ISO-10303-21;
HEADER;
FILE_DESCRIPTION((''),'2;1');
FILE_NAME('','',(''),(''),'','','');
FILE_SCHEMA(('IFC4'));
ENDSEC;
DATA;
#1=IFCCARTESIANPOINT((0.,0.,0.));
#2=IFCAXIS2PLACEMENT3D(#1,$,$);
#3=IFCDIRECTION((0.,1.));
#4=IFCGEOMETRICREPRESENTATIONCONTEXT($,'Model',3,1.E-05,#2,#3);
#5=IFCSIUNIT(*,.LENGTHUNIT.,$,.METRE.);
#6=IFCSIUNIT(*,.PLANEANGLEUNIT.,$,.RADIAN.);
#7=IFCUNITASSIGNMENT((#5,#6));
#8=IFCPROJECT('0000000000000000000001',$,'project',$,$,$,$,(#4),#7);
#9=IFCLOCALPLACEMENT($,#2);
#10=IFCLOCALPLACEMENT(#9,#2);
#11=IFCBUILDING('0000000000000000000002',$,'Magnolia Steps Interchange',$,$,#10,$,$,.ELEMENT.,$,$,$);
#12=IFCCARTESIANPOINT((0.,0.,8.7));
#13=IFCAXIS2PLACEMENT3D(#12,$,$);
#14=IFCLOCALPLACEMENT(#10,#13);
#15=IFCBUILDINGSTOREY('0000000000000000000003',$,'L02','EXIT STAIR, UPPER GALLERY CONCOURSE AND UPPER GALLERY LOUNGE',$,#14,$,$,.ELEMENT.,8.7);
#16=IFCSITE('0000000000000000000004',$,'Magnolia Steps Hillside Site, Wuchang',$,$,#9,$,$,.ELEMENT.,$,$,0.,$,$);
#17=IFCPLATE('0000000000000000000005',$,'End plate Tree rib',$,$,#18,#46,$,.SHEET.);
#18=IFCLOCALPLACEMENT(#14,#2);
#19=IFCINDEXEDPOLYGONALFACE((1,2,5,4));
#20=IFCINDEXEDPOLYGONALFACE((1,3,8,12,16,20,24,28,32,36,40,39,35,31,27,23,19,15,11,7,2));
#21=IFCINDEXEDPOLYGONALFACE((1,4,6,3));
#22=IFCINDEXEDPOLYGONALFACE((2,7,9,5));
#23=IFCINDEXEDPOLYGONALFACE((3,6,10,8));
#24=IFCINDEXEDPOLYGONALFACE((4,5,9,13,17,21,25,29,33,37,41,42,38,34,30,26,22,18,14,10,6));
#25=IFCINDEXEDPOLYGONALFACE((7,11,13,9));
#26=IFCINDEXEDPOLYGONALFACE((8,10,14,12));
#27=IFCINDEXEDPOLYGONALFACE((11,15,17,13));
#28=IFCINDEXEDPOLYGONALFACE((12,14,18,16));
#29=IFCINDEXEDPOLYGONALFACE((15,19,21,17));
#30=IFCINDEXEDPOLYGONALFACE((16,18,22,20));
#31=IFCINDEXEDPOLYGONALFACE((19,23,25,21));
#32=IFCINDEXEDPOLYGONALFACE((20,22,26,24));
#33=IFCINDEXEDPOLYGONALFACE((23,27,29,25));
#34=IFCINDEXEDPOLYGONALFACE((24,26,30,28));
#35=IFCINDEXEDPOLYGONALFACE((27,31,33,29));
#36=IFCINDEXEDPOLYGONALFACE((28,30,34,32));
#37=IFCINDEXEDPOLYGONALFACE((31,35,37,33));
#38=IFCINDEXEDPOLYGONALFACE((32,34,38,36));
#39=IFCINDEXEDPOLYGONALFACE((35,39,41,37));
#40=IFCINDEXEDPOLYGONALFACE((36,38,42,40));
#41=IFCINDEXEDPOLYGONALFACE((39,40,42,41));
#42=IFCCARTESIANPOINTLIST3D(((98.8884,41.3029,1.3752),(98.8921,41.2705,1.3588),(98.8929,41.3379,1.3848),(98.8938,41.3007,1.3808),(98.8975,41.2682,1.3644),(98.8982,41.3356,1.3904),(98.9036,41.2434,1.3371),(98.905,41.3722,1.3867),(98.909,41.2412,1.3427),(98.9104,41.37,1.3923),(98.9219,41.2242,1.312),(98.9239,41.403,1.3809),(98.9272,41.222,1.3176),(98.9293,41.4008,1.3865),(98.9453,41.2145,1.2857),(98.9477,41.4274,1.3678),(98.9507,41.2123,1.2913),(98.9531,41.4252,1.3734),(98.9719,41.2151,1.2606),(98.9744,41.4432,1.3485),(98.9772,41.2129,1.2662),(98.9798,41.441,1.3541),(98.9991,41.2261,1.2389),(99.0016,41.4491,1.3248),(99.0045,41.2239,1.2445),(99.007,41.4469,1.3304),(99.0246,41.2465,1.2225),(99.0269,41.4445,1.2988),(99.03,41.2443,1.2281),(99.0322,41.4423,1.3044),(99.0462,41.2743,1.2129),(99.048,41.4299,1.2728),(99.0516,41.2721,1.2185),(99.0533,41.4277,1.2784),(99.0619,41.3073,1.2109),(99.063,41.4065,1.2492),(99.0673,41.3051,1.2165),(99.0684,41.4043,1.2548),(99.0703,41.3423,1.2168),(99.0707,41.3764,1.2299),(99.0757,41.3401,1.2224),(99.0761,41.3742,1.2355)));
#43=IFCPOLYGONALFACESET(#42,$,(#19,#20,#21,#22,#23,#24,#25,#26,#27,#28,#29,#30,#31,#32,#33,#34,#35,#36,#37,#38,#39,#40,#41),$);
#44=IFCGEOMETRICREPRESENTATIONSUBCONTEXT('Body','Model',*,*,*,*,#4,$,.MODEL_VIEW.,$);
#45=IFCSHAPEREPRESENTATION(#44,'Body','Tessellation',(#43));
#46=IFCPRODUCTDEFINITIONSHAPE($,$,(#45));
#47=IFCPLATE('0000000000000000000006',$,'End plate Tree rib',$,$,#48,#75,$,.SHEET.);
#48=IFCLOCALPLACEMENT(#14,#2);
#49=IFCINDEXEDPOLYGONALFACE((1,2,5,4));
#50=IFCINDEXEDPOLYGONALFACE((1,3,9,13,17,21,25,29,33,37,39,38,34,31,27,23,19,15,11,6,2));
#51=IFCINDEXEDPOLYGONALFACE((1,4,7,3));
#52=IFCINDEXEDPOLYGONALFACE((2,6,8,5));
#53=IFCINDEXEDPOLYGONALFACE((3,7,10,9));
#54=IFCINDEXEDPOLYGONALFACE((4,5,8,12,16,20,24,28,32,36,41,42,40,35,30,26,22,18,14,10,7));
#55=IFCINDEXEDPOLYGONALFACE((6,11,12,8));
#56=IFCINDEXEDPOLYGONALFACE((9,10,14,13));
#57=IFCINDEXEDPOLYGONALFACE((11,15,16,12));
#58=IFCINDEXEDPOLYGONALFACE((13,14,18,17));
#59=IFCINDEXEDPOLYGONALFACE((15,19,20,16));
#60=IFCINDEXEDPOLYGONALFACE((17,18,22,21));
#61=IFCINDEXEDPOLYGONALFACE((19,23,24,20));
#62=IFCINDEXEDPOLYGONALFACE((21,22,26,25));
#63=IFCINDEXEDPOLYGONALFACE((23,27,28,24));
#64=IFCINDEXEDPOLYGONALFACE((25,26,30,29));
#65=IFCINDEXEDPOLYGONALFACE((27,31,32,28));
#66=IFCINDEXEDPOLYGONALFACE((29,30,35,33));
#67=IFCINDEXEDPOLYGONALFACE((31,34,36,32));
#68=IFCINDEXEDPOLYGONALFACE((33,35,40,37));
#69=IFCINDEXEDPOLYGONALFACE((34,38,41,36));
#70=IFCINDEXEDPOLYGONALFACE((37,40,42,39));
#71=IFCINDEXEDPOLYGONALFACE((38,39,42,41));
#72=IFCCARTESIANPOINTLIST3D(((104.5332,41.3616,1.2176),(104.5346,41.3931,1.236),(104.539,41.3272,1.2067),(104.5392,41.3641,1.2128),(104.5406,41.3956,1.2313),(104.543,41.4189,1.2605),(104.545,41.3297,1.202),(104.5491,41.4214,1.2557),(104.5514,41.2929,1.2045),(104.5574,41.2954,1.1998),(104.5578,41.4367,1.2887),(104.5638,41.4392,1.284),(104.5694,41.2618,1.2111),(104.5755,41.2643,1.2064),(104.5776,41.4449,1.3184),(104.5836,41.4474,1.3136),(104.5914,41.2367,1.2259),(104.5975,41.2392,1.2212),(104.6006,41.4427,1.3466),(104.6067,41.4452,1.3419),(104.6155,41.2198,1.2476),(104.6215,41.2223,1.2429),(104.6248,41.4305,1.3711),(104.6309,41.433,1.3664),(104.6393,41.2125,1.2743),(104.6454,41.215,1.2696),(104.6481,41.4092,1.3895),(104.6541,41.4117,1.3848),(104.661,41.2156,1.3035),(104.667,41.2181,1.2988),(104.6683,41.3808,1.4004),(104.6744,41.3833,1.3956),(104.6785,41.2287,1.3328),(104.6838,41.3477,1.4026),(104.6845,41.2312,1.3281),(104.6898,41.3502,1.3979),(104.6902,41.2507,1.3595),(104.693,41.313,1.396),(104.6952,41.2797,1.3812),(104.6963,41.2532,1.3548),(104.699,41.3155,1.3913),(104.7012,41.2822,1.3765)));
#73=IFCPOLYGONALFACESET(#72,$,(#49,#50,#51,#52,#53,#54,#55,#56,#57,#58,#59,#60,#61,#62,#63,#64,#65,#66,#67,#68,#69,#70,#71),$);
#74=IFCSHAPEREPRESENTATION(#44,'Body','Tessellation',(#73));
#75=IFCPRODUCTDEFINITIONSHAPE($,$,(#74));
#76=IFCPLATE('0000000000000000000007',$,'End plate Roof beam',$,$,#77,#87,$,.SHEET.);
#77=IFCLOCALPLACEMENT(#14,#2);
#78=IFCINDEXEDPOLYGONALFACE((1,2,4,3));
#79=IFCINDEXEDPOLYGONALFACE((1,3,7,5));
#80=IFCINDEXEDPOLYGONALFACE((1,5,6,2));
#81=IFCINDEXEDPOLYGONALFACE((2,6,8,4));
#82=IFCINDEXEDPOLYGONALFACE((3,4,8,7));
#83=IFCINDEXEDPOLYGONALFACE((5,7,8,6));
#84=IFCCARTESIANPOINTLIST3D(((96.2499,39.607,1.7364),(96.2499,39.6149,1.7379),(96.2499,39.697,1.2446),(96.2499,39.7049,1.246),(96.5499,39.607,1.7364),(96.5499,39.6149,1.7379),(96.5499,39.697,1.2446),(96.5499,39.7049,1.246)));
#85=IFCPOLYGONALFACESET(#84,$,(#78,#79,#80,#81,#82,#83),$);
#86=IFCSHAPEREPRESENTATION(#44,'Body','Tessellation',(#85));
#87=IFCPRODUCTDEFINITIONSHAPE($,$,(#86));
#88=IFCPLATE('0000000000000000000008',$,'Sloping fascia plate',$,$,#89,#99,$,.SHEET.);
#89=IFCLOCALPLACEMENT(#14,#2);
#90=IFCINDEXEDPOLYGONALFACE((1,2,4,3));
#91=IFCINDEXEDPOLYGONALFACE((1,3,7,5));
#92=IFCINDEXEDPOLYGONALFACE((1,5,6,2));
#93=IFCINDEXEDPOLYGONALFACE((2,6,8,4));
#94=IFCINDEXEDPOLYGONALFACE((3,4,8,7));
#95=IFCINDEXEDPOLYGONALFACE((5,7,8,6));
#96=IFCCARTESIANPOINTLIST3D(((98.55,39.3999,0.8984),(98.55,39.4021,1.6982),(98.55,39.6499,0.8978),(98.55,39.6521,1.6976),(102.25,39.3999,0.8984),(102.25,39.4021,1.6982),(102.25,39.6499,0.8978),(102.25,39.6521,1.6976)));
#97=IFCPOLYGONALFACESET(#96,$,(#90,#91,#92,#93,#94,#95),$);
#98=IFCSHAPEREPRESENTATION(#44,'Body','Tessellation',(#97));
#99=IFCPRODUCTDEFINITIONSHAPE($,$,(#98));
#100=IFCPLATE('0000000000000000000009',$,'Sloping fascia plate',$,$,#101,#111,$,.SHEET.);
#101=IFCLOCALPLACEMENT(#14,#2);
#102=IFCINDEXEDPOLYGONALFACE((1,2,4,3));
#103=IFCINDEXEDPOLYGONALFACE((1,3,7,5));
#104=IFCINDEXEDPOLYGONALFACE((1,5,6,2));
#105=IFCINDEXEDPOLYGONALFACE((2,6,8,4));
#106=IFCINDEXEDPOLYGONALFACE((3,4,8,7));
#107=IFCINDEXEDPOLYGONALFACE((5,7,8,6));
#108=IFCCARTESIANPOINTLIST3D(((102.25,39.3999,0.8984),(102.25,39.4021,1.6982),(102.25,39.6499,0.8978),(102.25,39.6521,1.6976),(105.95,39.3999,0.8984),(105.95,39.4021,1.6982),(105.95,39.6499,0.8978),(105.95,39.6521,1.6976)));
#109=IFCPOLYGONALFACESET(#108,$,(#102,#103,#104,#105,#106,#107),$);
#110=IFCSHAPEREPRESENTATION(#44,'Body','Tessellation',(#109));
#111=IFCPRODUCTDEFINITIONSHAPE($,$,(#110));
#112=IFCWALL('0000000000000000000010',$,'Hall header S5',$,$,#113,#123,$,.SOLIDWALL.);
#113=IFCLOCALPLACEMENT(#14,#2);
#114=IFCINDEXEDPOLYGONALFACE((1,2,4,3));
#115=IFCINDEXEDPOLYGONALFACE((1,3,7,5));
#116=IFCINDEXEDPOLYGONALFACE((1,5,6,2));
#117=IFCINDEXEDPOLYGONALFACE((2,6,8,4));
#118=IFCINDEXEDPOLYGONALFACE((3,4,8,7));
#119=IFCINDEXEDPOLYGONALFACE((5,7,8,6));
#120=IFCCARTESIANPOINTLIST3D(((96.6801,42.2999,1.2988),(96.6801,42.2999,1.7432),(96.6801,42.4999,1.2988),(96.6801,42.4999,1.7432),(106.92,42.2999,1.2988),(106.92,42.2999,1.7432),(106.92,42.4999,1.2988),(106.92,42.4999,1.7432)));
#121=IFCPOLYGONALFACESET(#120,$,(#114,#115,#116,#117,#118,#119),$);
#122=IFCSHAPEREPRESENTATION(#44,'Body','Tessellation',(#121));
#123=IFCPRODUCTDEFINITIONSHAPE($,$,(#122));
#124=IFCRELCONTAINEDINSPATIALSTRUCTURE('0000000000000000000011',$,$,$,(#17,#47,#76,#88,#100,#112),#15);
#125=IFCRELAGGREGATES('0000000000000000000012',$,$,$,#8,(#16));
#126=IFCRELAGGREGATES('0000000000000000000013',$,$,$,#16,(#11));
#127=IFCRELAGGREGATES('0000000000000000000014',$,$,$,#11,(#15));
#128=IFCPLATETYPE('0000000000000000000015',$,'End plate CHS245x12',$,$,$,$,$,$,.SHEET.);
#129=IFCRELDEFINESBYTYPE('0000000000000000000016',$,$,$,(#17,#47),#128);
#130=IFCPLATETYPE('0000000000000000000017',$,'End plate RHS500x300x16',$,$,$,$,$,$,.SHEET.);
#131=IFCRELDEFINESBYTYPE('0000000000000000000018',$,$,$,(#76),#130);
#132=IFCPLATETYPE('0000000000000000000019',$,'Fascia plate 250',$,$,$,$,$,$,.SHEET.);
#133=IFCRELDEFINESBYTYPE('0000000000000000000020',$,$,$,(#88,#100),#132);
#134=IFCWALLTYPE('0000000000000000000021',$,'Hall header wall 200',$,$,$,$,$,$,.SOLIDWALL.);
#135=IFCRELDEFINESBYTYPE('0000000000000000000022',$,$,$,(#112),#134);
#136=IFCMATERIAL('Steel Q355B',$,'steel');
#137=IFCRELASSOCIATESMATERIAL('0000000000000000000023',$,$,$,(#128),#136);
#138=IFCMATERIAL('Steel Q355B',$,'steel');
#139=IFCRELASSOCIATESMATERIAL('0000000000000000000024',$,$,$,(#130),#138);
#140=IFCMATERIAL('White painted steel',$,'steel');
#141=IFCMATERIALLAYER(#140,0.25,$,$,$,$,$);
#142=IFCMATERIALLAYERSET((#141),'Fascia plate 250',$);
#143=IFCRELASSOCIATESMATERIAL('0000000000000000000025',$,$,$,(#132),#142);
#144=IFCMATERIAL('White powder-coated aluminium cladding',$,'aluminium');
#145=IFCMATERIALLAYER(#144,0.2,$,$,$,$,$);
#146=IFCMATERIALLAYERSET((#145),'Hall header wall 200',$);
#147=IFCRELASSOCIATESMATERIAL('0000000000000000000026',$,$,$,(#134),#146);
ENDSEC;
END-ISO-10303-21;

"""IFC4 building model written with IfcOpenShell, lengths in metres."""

from ifc_helpers import new_model, si_unit, direction, frame, frame_2d, origin, origin_2d, place, context, subcontext, project, spatial, polyline, rectangle, circle, outline, extrude, material, layer, layer_set, material_profile, profile_set, type_object, element, save


model = new_model("IFC4")

# Units and contexts
model_context = context("Model", 3, precision=1e-05, world=origin(), true_north=direction((0.0, 1.0)))
body_context = subcontext(model_context, "Body", "Model", "MODEL_VIEW")
ifc_project = project(units=[si_unit("LENGTHUNIT", "METRE"), si_unit("PLANEANGLEUNIT", "RADIAN")], contexts=[model_context])

# Site, building, storey
site_placement = place(None, origin())
site = spatial("IfcSite", under=ifc_project, at=site_placement, Name="Magnolia Steps Hillside Site, Wuchang", CompositionType="ELEMENT", RefElevation=0.0)
building_placement = place(site_placement, origin())
building = spatial("IfcBuilding", under=site, at=building_placement, Name="Magnolia Steps Interchange", CompositionType="ELEMENT")
storey_placement = place(building_placement, frame((0.0, 0.0, 8.7)))
storey = spatial("IfcBuildingStorey", under=building, at=storey_placement, Name="L02", Description="EXIT STAIR, UPPER GALLERY CONCOURSE AND UPPER GALLERY LOUNGE", CompositionType="ELEMENT", Elevation=8.7)

# Plates
ifc_material_1 = material(Name="Steel Q355B", Category="steel")
ifc_material_profile_1 = material_profile(ifc_material_1, circle(Radius=0.1226, at=origin_2d()), Name="End plate CHS245x12")
ifc_profile_set_1 = profile_set([ifc_material_profile_1], Name="Steel Q355B")
plate_type_1 = type_object("IfcPlateType", Name="End plate CHS245x12", PredefinedType="SHEET", material=ifc_profile_set_1)
for number, where, z_axis, x_axis, name in (
    (1, (98.98, 41.3313, 1.2988), (0.664583, -0.275279, 0.694658), (0.382683, 0.92388, 0.0), "End plate Tree rib"),
    (2, (104.6201, 41.3313, 1.2988), (-0.748578, -0.310071, 0.586078), (0.382683, -0.92388, 0.0), "End plate Tree rib"),
):
    element("IfcPlate", number, at=place(storey_placement, frame(where, z_axis=z_axis, x_axis=x_axis)), inside=storey, type_object=plate_type_1, Name=name, PredefinedType="SHEET", context=body_context, shape_type="SweptSolid", body=[
        extrude(circle(Radius=0.1226, at=origin_2d()), origin(), (0.0, 0.0, 1.0), 0.0081),
    ])
ifc_material_2 = material(Name="Steel Q355B", Category="steel")
ifc_material_profile_2 = material_profile(ifc_material_2, rectangle(XDim=0.3, YDim=0.5, at=origin_2d()), Name="End plate RHS500x300x16")
ifc_profile_set_2 = profile_set([ifc_material_profile_2], Name="Steel Q355B")
plate_type_2 = type_object("IfcPlateType", Name="End plate RHS500x300x16", PredefinedType="SHEET", material=ifc_profile_set_2)
plate_placement = place(storey_placement, frame((96.3999, 39.6599, 1.4919), z_axis=(0.0, -0.983683, -0.179911), x_axis=(1.0, 0.0, 0.0)))
element("IfcPlate", 3, at=plate_placement, inside=storey, type_object=plate_type_2, Name="End plate Roof beam", PredefinedType="SHEET", context=body_context, shape_type="SweptSolid", body=[
    extrude(rectangle(XDim=0.3, YDim=0.5, at=origin_2d()), origin(), (0.0, 0.0, 1.0), 0.0081),
])
ifc_material_3 = material(Name="White painted steel", Category="steel")
ifc_layer_1 = layer(ifc_material_3, 0.25)
ifc_layer_set_1 = layer_set([ifc_layer_1], Name="Fascia plate 250")
plate_type_3 = type_object("IfcPlateType", Name="Fascia plate 250", PredefinedType="SHEET", material=ifc_layer_set_1)
for number, where, z_axis, x_axis, name in (
    (4, (98.55, 39.3999, 0.8984), (0.0, -0.999996, 0.002747), (1.0, 0.0, 0.0), "Sloping fascia plate"),
    (5, (102.25, 39.3999, 0.8984), (0.0, -0.999996, 0.002747), (1.0, 0.0, 0.0), "Sloping fascia plate"),
):
    element("IfcPlate", number, at=place(storey_placement, frame(where, z_axis=z_axis, x_axis=x_axis)), inside=storey, type_object=plate_type_3, Name=name, PredefinedType="SHEET", context=body_context, shape_type="SweptSolid", body=[
        extrude(outline(polyline([(0.0, 0.0), (3.7, 0.0), (3.7, 0.7998), (0.0, 0.7998), (0.0, 0.0)])), origin(), (0.0, 0.0, -1.0), 0.25),
    ])

# Wall
ifc_material_4 = material(Name="White powder-coated aluminium cladding", Category="aluminium")
ifc_layer_2 = layer(ifc_material_4, 0.2)
ifc_layer_set_2 = layer_set([ifc_layer_2], Name="Hall header wall 200")
wall_type = type_object("IfcWallType", Name="Hall header wall 200", PredefinedType="SOLIDWALL", material=ifc_layer_set_2)
wall_placement = place(storey_placement, frame((96.6799, 42.3999, 1.2988), z_axis=(0.0, 0.0, 1.0), x_axis=(1.0, 0.0, 0.0)))
element("IfcWall", 6, at=wall_placement, inside=storey, type_object=wall_type, Name="Hall header S5", PredefinedType="SOLIDWALL", context=body_context, shape_type="SweptSolid", body=[
    extrude(rectangle(XDim=10.24, YDim=0.2, at=frame_2d((5.1201, 0.0))), origin(), (0.0, 0.0, 1.0), 0.4443),
])

save(model, "model.ifc")
